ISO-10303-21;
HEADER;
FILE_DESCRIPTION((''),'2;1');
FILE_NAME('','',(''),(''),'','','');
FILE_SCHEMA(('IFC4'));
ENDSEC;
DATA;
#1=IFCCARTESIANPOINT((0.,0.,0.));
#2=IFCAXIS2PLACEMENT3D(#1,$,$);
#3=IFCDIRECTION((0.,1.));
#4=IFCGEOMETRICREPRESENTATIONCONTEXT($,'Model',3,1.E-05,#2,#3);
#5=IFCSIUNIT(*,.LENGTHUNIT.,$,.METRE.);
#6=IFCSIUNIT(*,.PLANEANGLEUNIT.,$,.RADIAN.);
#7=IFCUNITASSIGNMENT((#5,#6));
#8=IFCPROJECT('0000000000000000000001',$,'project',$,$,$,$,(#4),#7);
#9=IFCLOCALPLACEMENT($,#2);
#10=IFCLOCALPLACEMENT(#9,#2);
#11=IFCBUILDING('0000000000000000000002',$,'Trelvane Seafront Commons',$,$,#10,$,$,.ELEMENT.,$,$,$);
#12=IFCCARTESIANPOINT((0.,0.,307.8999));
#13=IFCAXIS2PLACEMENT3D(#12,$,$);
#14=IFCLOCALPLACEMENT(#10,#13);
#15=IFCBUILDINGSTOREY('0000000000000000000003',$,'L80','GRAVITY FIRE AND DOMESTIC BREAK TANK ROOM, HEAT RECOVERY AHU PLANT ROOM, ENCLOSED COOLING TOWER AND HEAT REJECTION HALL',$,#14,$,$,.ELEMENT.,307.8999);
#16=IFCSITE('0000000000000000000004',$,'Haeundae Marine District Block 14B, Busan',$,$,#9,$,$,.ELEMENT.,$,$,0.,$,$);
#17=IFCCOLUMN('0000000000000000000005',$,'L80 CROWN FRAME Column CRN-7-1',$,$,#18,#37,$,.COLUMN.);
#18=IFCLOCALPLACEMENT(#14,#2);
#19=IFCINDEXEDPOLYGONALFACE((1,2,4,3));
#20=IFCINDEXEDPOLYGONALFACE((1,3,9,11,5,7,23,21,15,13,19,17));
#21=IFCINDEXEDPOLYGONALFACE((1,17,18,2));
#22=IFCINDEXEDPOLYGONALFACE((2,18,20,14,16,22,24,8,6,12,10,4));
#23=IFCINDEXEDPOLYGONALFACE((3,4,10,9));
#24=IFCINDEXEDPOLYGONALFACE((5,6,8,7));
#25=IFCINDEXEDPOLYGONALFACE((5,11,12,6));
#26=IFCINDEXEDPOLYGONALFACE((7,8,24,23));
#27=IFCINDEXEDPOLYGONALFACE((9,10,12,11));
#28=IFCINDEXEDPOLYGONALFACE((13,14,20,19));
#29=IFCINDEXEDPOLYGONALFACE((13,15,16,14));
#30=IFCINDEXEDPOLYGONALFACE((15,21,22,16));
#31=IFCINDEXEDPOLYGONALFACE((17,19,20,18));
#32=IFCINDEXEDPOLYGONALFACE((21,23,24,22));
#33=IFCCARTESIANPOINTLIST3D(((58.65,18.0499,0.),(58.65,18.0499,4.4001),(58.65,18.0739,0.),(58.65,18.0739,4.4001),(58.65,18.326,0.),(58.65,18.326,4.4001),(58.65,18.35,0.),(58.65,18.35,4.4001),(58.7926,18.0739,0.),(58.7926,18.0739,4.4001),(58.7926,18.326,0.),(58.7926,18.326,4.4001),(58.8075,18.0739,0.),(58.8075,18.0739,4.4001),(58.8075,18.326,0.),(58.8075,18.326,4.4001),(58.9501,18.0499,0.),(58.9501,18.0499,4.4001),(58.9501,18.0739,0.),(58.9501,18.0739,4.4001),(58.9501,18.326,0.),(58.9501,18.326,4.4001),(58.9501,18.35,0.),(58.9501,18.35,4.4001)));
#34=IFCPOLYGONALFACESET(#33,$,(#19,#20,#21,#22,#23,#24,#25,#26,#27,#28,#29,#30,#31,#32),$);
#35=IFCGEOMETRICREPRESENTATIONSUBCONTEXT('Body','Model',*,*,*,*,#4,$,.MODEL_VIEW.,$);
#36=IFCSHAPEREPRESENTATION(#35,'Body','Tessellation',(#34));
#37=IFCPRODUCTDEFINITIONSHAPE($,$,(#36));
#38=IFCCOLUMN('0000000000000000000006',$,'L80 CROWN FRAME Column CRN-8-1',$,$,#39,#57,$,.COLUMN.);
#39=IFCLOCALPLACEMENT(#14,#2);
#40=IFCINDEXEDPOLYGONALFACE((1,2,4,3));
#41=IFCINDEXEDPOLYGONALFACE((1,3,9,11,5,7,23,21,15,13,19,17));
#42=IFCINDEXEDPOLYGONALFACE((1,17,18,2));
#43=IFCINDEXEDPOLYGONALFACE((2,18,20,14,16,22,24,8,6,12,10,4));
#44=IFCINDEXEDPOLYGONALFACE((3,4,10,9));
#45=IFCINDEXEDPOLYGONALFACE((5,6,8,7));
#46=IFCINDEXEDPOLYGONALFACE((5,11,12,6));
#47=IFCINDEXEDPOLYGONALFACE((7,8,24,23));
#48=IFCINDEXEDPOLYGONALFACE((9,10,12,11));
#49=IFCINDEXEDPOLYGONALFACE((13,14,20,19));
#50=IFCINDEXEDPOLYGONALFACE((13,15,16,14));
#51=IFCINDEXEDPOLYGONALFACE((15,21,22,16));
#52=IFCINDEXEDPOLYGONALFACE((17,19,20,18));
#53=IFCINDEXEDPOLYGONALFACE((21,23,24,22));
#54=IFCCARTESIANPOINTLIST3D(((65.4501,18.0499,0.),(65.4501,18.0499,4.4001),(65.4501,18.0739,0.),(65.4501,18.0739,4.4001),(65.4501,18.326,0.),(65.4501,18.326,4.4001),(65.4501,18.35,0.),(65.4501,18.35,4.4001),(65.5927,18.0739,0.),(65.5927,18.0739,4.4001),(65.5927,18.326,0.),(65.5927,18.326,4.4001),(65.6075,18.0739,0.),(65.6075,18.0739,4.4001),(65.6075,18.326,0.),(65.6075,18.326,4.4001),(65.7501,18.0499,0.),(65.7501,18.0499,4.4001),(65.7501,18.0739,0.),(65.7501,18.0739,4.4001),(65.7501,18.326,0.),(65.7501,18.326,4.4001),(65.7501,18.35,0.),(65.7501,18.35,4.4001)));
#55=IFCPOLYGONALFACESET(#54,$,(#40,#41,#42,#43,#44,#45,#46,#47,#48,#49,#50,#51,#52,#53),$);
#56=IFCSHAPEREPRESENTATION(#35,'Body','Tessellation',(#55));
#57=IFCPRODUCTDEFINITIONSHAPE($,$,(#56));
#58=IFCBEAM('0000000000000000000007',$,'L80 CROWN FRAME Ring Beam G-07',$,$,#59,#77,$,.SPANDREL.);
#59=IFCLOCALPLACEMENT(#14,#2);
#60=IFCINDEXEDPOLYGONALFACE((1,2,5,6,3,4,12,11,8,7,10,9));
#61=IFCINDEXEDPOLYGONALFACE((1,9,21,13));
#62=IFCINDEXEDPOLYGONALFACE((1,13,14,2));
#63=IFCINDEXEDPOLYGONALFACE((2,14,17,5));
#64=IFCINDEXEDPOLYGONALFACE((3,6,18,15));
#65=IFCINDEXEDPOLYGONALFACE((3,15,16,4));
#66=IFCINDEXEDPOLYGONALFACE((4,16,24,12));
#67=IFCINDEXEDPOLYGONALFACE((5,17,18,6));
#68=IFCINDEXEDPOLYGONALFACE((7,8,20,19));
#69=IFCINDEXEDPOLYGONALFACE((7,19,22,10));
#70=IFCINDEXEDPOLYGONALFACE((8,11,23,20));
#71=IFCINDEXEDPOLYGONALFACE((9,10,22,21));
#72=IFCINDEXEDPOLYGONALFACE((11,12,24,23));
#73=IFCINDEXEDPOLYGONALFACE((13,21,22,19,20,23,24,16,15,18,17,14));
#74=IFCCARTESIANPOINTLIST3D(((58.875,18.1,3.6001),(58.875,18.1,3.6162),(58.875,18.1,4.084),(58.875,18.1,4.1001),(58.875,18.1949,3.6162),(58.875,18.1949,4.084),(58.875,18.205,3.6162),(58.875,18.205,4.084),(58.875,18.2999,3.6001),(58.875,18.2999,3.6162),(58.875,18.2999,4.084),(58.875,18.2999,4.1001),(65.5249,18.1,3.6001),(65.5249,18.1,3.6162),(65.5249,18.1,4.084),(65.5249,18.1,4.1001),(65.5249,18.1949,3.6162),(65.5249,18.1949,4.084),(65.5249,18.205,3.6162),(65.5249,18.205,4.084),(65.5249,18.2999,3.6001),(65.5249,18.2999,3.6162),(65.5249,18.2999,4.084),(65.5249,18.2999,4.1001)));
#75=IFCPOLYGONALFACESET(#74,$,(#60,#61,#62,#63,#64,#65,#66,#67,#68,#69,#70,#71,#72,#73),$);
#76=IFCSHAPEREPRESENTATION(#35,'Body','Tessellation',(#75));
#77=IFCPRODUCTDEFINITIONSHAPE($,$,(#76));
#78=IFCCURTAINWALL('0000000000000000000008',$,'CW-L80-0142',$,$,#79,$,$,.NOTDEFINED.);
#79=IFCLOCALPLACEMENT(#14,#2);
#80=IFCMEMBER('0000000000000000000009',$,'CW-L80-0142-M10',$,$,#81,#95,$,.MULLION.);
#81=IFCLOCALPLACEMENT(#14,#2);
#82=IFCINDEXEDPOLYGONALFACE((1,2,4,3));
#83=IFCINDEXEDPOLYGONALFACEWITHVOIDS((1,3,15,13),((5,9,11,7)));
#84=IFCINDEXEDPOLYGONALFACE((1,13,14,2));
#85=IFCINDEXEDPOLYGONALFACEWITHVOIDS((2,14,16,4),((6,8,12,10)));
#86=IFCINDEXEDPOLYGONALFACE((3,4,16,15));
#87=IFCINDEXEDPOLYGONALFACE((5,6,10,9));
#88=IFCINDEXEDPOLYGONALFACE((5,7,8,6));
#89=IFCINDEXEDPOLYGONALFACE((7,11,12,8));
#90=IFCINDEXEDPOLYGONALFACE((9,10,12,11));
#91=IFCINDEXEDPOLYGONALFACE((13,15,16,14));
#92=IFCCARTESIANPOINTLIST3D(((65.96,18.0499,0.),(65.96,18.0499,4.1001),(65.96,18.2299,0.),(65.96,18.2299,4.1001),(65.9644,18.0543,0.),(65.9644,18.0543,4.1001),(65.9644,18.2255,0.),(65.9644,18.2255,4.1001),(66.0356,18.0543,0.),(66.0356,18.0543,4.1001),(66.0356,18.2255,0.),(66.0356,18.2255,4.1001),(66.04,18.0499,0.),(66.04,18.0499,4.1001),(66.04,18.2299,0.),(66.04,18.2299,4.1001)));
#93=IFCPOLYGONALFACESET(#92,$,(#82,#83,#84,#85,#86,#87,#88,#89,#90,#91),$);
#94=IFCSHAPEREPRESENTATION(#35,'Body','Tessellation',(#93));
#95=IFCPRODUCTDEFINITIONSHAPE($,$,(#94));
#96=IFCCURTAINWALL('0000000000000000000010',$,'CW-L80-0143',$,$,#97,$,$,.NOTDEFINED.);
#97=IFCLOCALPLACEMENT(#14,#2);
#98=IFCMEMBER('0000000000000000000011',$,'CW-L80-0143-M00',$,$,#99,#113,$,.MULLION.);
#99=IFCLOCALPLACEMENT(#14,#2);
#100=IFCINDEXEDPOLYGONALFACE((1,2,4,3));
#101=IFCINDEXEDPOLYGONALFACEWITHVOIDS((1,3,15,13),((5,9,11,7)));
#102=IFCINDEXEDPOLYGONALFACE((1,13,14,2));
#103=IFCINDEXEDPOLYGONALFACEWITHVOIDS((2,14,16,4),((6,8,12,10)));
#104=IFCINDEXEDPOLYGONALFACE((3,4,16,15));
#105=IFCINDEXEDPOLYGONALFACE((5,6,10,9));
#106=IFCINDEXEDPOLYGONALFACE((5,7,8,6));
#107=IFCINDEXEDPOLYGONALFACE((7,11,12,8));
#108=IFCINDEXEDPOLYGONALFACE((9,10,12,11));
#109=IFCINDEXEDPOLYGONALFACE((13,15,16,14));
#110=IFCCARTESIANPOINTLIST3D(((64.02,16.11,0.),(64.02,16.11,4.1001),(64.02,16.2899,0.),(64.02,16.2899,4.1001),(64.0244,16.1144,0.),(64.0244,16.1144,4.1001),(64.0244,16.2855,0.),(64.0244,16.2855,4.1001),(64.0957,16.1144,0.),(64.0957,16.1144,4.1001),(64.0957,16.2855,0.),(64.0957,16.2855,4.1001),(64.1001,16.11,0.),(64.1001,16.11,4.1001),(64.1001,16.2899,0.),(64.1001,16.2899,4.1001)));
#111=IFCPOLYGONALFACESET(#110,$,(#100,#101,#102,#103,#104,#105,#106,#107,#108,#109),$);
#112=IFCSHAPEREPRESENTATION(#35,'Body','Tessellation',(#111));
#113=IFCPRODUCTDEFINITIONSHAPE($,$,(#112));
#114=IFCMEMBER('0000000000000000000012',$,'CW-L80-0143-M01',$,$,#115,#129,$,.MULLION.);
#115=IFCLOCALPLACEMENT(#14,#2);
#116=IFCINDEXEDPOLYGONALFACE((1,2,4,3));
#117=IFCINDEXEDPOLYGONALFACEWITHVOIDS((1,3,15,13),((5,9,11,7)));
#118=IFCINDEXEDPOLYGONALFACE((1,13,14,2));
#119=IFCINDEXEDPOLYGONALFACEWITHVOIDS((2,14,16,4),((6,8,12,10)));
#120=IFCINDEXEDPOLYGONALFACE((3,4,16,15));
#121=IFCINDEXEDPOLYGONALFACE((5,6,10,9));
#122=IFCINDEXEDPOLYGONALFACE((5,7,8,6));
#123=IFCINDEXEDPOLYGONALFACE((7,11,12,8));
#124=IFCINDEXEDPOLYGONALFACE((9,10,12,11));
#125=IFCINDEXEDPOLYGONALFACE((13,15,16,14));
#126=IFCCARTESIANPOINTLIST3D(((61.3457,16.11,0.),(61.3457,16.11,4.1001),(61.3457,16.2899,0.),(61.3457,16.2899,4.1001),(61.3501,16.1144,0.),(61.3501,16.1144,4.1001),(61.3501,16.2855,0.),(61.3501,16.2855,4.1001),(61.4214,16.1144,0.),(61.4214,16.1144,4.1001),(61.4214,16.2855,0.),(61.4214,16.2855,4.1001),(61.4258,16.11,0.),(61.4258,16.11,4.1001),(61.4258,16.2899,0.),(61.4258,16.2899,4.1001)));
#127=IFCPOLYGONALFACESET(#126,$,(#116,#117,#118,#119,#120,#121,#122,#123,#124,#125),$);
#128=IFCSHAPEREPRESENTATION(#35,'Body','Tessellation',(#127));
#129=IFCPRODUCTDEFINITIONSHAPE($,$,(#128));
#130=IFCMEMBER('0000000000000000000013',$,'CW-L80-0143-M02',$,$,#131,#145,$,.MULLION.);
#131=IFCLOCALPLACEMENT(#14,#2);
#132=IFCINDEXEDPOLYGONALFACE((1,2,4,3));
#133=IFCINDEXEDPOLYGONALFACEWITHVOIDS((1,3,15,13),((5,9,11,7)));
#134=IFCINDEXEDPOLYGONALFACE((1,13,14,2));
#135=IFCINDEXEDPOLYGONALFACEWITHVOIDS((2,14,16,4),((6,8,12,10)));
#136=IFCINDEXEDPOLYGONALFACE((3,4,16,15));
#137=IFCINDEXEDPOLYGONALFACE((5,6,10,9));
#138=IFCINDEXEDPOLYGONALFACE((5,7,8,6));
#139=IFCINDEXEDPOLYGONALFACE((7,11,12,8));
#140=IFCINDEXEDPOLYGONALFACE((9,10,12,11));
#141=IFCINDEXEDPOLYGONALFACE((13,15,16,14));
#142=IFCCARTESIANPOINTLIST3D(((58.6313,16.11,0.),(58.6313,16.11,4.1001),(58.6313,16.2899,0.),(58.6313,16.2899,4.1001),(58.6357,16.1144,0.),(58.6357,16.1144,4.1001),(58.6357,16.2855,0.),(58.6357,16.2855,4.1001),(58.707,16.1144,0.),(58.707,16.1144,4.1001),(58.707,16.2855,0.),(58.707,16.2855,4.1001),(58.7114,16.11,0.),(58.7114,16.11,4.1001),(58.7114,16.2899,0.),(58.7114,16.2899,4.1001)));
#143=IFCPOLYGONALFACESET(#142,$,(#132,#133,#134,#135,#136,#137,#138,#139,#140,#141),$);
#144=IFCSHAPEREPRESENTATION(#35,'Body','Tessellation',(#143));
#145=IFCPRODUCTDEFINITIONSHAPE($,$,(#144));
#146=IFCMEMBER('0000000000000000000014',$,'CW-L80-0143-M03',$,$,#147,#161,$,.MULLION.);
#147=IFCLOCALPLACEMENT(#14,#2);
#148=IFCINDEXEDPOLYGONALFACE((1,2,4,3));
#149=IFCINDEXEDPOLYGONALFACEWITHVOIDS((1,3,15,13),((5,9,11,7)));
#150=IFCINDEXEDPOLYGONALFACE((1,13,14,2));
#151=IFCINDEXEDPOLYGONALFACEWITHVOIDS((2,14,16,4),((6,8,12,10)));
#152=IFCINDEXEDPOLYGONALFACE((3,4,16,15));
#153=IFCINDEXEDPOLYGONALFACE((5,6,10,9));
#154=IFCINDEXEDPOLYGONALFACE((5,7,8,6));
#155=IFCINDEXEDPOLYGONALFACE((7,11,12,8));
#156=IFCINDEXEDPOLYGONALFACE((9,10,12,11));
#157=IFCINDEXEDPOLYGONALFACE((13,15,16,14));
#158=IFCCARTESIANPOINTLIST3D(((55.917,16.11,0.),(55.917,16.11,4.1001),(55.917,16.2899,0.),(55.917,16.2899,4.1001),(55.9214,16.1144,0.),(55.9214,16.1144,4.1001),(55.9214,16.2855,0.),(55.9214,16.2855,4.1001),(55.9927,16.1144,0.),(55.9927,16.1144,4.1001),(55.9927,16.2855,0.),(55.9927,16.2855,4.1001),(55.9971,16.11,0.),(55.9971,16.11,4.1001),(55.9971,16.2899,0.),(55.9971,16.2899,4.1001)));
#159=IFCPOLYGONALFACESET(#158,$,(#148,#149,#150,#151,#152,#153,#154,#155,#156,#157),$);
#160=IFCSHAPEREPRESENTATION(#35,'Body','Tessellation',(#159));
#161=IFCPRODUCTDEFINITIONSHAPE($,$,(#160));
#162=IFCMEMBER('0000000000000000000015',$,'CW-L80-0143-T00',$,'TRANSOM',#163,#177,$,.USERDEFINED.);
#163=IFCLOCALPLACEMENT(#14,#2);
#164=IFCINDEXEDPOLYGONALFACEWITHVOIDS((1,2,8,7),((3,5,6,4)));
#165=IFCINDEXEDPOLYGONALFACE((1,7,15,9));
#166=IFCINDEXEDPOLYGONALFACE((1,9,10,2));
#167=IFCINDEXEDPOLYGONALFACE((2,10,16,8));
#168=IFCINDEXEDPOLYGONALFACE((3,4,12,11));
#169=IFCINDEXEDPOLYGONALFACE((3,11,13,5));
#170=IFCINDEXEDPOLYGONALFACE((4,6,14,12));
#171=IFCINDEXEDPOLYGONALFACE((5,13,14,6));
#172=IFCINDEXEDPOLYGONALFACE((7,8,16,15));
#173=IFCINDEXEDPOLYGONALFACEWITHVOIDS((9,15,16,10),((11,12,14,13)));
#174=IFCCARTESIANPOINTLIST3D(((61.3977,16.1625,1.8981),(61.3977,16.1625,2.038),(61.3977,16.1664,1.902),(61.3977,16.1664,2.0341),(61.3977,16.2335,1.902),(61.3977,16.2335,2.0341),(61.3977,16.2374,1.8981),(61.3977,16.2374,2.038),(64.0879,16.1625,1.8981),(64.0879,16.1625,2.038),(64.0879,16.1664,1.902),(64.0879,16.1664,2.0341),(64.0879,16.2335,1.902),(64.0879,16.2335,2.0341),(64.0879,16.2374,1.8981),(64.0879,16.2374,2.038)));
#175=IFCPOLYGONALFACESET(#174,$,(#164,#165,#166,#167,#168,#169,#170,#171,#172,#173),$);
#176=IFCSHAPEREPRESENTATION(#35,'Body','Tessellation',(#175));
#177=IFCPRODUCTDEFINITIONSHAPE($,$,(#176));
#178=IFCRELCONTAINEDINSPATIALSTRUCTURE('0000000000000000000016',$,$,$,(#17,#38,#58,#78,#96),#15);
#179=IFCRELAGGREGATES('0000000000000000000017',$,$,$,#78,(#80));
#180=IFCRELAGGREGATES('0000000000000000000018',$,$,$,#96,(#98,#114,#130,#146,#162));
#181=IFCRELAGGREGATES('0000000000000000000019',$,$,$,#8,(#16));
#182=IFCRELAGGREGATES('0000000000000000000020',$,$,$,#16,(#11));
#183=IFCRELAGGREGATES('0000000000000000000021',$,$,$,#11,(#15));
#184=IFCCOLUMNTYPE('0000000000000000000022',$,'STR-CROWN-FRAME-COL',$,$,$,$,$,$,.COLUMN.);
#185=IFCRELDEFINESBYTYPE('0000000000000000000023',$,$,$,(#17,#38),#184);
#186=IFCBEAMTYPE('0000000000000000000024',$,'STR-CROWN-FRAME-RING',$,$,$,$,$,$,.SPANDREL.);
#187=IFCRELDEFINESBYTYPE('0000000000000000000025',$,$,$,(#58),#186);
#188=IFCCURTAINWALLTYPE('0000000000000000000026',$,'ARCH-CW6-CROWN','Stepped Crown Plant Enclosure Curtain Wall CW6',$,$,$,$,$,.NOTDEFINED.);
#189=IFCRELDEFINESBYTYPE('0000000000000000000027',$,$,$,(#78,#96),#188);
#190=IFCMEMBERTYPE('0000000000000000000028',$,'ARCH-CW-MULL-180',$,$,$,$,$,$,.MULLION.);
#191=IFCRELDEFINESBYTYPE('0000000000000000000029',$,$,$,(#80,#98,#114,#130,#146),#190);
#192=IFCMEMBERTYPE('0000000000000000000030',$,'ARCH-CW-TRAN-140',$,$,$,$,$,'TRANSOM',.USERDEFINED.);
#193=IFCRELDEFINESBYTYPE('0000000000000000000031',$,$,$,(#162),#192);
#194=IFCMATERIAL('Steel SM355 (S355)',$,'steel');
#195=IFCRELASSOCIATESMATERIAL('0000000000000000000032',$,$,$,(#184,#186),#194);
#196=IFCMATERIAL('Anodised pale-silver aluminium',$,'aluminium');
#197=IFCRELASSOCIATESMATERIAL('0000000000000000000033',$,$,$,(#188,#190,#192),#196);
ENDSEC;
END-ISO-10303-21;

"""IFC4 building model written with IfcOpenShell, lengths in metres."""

from ifc_helpers import new_model, si_unit, direction, frame, origin, origin_2d, place, context, subcontext, project, spatial, hollow_rectangle, i_section, extrude, source, transform, mapped, material, material_profile, profile_set, type_object, element, aggregate, save


model = new_model("IFC4")

# Units and contexts
model_context = context("Model", 3, precision=1e-05, world=origin(), true_north=direction((0.0, 1.0)))
body_context = subcontext(model_context, "Body", "Model", "MODEL_VIEW")
ifc_project = project(units=[si_unit("LENGTHUNIT", "METRE"), si_unit("PLANEANGLEUNIT", "RADIAN")], contexts=[model_context])

# Site, building, storey
site_placement = place(None, origin())
site = spatial("IfcSite", under=ifc_project, at=site_placement, Name="Haeundae Marine District Block 14B, Busan", CompositionType="ELEMENT", RefElevation=0.0)
building_placement = place(site_placement, origin())
building = spatial("IfcBuilding", under=site, at=building_placement, Name="Trelvane Seafront Commons", CompositionType="ELEMENT")
storey_placement = place(building_placement, frame((0.0, 0.0, 307.8999)))
storey = spatial("IfcBuildingStorey", under=building, at=storey_placement, Name="L80", Description="GRAVITY FIRE AND DOMESTIC BREAK TANK ROOM, HEAT RECOVERY AHU PLANT ROOM, ENCLOSED COOLING TOWER AND HEAT REJECTION HALL", CompositionType="ELEMENT", Elevation=307.8999)

# Columns
ifc_material_1 = material(Name="Steel SM355 (S355)", Category="steel")
ifc_material_profile_1 = material_profile(ifc_material_1, i_section(OverallWidth=0.3, OverallDepth=0.3, WebThickness=0.0149, FlangeThickness=0.0239, at=origin_2d()), Name="HD-300x300x15x24")
ifc_profile_set_1 = profile_set([ifc_material_profile_1], Name="Steel SM355 (S355)")
column_type = type_object("IfcColumnType", Name="STR-CROWN-FRAME-COL", PredefinedType="COLUMN", material=ifc_profile_set_1)
shared_shape_1 = source(origin(), body_context, "Body", "SweptSolid", [
    extrude(i_section(OverallWidth=0.3, OverallDepth=0.3, WebThickness=0.0149, FlangeThickness=0.0239, at=origin_2d()), origin(), (0.0, 0.0, 1.0), 4.4001),
])
for number, where, z_axis, x_axis, name in (
    (1, (58.8, 18.2, 0.0), (0.0, 0.0, 1.0), (1.0, 0.0, 0.0), "L80 CROWN FRAME Column CRN-7-1"),
    (2, (65.6001, 18.2, 0.0), (0.0, 0.0, 1.0), (1.0, 0.0, 0.0), "L80 CROWN FRAME Column CRN-8-1"),
):
    element("IfcColumn", number, at=place(storey_placement, frame(where, z_axis=z_axis, x_axis=x_axis)), inside=storey, type_object=column_type, Name=name, PredefinedType="COLUMN", context=body_context, shape_type="MappedRepresentation", body=[
        mapped(shared_shape_1, transform((0.0, 0.0, 0.0), x_axis=(1.0, 0.0, 0.0), y_axis=(0.0, 1.0, 0.0), z_axis=(0.0, 0.0, 1.0), scale=1.0)),
    ])

# Beam
ifc_material_profile_2 = material_profile(ifc_material_1, i_section(OverallWidth=0.2, OverallDepth=0.5, WebThickness=0.01, FlangeThickness=0.0161, at=origin_2d()), Name="H-500x200x10x16")
ifc_profile_set_2 = profile_set([ifc_material_profile_2], Name="Steel SM355 (S355)")
beam_type = type_object("IfcBeamType", Name="STR-CROWN-FRAME-RING", PredefinedType="SPANDREL", material=ifc_profile_set_2)
shared_shape_2 = source(origin(), body_context, "Body", "SweptSolid", [
    extrude(i_section(OverallWidth=0.2, OverallDepth=0.5, WebThickness=0.01, FlangeThickness=0.0161, at=origin_2d()), origin(), (0.0, 0.0, 1.0), 6.6499),
])
beam_placement = place(storey_placement, frame((58.875, 18.2, 3.8501), z_axis=(1.0, 0.0, 0.0), x_axis=(0.0, 1.0, 0.0)))
element("IfcBeam", 3, at=beam_placement, inside=storey, type_object=beam_type, Name="L80 CROWN FRAME Ring Beam G-07", PredefinedType="SPANDREL", context=body_context, shape_type="MappedRepresentation", body=[
    mapped(shared_shape_2, transform((0.0, 0.0, 0.0), x_axis=(1.0, 0.0, 0.0), y_axis=(0.0, 1.0, 0.0), z_axis=(0.0, 0.0, 1.0), scale=1.0)),
])

# Curtain wall, member
ifc_material_2 = material(Name="Anodised pale-silver aluminium", Category="aluminium")
curtain_wall_type = type_object("IfcCurtainWallType", Name="ARCH-CW6-CROWN", Description="Stepped Crown Plant Enclosure Curtain Wall CW6", PredefinedType="NOTDEFINED", material=ifc_material_2)
curtain_wall_1_placement = place(storey_placement, origin())
curtain_wall_1 = element("IfcCurtainWall", 4, at=curtain_wall_1_placement, inside=storey, type_object=curtain_wall_type, Name="CW-L80-0142", PredefinedType="NOTDEFINED")
ifc_material_profile_3 = material_profile(ifc_material_2, hollow_rectangle(XDim=0.0801, YDim=0.1799, WallThickness=0.0044, at=origin_2d()), Name="MULL-80x180x4.5")
ifc_profile_set_3 = profile_set([ifc_material_profile_3], Name="Anodised pale-silver aluminium")
member_type_1 = type_object("IfcMemberType", Name="ARCH-CW-MULL-180", PredefinedType="MULLION", material=ifc_profile_set_3)
shared_shape_3 = source(origin(), body_context, "Body", "SweptSolid", [
    extrude(hollow_rectangle(XDim=0.0801, YDim=0.1799, WallThickness=0.0044, at=origin_2d()), origin(), (0.0, 0.0, 1.0), 4.1001),
])
member_1_placement = place(storey_placement, frame((66.0, 18.1399, 0.0), z_axis=(0.0, 0.0, 1.0), x_axis=(1.0, 0.0, 0.0)))
member_1 = element("IfcMember", 5, at=member_1_placement, type_object=member_type_1, Name="CW-L80-0142-M10", PredefinedType="MULLION", context=body_context, shape_type="MappedRepresentation", body=[
    mapped(shared_shape_3, transform((0.0, 0.0, 0.0), x_axis=(1.0, 0.0, 0.0), y_axis=(0.0, 1.0, 0.0), z_axis=(0.0, 0.0, 1.0), scale=1.0)),
])
aggregate(curtain_wall_1, [member_1])

# Curtain wall, members
curtain_wall_2_placement = place(storey_placement, origin())
curtain_wall_2 = element("IfcCurtainWall", 6, at=curtain_wall_2_placement, inside=storey, type_object=curtain_wall_type, Name="CW-L80-0143", PredefinedType="NOTDEFINED")
member_2_placement = place(storey_placement, frame((64.0601, 16.2, 0.0), z_axis=(0.0, 0.0, 1.0), x_axis=(1.0, 0.0, 0.0)))
member_2 = element("IfcMember", 7, at=member_2_placement, type_object=member_type_1, Name="CW-L80-0143-M00", PredefinedType="MULLION", context=body_context, shape_type="MappedRepresentation", body=[
    mapped(shared_shape_3, transform((0.0, 0.0, 0.0), x_axis=(1.0, 0.0, 0.0), y_axis=(0.0, 1.0, 0.0), z_axis=(0.0, 0.0, 1.0), scale=1.0)),
])
member_3_placement = place(storey_placement, frame((61.3857, 16.2, 0.0), z_axis=(0.0, 0.0, 1.0), x_axis=(1.0, 0.0, 0.0)))
member_3 = element("IfcMember", 8, at=member_3_placement, type_object=member_type_1, Name="CW-L80-0143-M01", PredefinedType="MULLION", context=body_context, shape_type="MappedRepresentation", body=[
    mapped(shared_shape_3, transform((0.0, 0.0, 0.0), x_axis=(1.0, 0.0, 0.0), y_axis=(0.0, 1.0, 0.0), z_axis=(0.0, 0.0, 1.0), scale=1.0)),
])
member_4_placement = place(storey_placement, frame((58.6714, 16.2, 0.0), z_axis=(0.0, 0.0, 1.0), x_axis=(1.0, 0.0, 0.0)))
member_4 = element("IfcMember", 9, at=member_4_placement, type_object=member_type_1, Name="CW-L80-0143-M02", PredefinedType="MULLION", context=body_context, shape_type="MappedRepresentation", body=[
    mapped(shared_shape_3, transform((0.0, 0.0, 0.0), x_axis=(1.0, 0.0, 0.0), y_axis=(0.0, 1.0, 0.0), z_axis=(0.0, 0.0, 1.0), scale=1.0)),
])
member_5_placement = place(storey_placement, frame((55.957, 16.2, 0.0), z_axis=(0.0, 0.0, 1.0), x_axis=(1.0, 0.0, 0.0)))
member_5 = element("IfcMember", 10, at=member_5_placement, type_object=member_type_1, Name="CW-L80-0143-M03", PredefinedType="MULLION", context=body_context, shape_type="MappedRepresentation", body=[
    mapped(shared_shape_3, transform((0.0, 0.0, 0.0), x_axis=(1.0, 0.0, 0.0), y_axis=(0.0, 1.0, 0.0), z_axis=(0.0, 0.0, 1.0), scale=1.0)),
])
ifc_material_profile_4 = material_profile(ifc_material_2, hollow_rectangle(XDim=0.075, YDim=0.1399, WallThickness=0.0039, at=origin_2d()), Name="TRAN-75x140x4")
ifc_profile_set_4 = profile_set([ifc_material_profile_4], Name="Anodised pale-silver aluminium")
member_type_2 = type_object("IfcMemberType", Name="ARCH-CW-TRAN-140", ElementType="TRANSOM", PredefinedType="USERDEFINED", material=ifc_profile_set_4)
shared_shape_4 = source(origin(), body_context, "Body", "SweptSolid", [
    extrude(hollow_rectangle(XDim=0.075, YDim=0.1399, WallThickness=0.0039, at=origin_2d()), origin(), (0.0, 0.0, 1.0), 2.6902),
])
member_6_placement = place(storey_placement, frame((64.0879, 16.2, 1.968), z_axis=(-1.0, 0.0, 0.0), x_axis=(0.0, -1.0, 0.0)))
member_6 = element("IfcMember", 11, at=member_6_placement, type_object=member_type_2, Name="CW-L80-0143-T00", ObjectType="TRANSOM", PredefinedType="USERDEFINED", context=body_context, shape_type="MappedRepresentation", body=[
    mapped(shared_shape_4, transform((0.0, 0.0, 0.0), x_axis=(1.0, 0.0, 0.0), y_axis=(0.0, 1.0, 0.0), z_axis=(0.0, 0.0, 1.0), scale=1.0)),
])
aggregate(curtain_wall_2, [member_2, member_3, member_4, member_5, member_6])

save(model, "model.ifc")
